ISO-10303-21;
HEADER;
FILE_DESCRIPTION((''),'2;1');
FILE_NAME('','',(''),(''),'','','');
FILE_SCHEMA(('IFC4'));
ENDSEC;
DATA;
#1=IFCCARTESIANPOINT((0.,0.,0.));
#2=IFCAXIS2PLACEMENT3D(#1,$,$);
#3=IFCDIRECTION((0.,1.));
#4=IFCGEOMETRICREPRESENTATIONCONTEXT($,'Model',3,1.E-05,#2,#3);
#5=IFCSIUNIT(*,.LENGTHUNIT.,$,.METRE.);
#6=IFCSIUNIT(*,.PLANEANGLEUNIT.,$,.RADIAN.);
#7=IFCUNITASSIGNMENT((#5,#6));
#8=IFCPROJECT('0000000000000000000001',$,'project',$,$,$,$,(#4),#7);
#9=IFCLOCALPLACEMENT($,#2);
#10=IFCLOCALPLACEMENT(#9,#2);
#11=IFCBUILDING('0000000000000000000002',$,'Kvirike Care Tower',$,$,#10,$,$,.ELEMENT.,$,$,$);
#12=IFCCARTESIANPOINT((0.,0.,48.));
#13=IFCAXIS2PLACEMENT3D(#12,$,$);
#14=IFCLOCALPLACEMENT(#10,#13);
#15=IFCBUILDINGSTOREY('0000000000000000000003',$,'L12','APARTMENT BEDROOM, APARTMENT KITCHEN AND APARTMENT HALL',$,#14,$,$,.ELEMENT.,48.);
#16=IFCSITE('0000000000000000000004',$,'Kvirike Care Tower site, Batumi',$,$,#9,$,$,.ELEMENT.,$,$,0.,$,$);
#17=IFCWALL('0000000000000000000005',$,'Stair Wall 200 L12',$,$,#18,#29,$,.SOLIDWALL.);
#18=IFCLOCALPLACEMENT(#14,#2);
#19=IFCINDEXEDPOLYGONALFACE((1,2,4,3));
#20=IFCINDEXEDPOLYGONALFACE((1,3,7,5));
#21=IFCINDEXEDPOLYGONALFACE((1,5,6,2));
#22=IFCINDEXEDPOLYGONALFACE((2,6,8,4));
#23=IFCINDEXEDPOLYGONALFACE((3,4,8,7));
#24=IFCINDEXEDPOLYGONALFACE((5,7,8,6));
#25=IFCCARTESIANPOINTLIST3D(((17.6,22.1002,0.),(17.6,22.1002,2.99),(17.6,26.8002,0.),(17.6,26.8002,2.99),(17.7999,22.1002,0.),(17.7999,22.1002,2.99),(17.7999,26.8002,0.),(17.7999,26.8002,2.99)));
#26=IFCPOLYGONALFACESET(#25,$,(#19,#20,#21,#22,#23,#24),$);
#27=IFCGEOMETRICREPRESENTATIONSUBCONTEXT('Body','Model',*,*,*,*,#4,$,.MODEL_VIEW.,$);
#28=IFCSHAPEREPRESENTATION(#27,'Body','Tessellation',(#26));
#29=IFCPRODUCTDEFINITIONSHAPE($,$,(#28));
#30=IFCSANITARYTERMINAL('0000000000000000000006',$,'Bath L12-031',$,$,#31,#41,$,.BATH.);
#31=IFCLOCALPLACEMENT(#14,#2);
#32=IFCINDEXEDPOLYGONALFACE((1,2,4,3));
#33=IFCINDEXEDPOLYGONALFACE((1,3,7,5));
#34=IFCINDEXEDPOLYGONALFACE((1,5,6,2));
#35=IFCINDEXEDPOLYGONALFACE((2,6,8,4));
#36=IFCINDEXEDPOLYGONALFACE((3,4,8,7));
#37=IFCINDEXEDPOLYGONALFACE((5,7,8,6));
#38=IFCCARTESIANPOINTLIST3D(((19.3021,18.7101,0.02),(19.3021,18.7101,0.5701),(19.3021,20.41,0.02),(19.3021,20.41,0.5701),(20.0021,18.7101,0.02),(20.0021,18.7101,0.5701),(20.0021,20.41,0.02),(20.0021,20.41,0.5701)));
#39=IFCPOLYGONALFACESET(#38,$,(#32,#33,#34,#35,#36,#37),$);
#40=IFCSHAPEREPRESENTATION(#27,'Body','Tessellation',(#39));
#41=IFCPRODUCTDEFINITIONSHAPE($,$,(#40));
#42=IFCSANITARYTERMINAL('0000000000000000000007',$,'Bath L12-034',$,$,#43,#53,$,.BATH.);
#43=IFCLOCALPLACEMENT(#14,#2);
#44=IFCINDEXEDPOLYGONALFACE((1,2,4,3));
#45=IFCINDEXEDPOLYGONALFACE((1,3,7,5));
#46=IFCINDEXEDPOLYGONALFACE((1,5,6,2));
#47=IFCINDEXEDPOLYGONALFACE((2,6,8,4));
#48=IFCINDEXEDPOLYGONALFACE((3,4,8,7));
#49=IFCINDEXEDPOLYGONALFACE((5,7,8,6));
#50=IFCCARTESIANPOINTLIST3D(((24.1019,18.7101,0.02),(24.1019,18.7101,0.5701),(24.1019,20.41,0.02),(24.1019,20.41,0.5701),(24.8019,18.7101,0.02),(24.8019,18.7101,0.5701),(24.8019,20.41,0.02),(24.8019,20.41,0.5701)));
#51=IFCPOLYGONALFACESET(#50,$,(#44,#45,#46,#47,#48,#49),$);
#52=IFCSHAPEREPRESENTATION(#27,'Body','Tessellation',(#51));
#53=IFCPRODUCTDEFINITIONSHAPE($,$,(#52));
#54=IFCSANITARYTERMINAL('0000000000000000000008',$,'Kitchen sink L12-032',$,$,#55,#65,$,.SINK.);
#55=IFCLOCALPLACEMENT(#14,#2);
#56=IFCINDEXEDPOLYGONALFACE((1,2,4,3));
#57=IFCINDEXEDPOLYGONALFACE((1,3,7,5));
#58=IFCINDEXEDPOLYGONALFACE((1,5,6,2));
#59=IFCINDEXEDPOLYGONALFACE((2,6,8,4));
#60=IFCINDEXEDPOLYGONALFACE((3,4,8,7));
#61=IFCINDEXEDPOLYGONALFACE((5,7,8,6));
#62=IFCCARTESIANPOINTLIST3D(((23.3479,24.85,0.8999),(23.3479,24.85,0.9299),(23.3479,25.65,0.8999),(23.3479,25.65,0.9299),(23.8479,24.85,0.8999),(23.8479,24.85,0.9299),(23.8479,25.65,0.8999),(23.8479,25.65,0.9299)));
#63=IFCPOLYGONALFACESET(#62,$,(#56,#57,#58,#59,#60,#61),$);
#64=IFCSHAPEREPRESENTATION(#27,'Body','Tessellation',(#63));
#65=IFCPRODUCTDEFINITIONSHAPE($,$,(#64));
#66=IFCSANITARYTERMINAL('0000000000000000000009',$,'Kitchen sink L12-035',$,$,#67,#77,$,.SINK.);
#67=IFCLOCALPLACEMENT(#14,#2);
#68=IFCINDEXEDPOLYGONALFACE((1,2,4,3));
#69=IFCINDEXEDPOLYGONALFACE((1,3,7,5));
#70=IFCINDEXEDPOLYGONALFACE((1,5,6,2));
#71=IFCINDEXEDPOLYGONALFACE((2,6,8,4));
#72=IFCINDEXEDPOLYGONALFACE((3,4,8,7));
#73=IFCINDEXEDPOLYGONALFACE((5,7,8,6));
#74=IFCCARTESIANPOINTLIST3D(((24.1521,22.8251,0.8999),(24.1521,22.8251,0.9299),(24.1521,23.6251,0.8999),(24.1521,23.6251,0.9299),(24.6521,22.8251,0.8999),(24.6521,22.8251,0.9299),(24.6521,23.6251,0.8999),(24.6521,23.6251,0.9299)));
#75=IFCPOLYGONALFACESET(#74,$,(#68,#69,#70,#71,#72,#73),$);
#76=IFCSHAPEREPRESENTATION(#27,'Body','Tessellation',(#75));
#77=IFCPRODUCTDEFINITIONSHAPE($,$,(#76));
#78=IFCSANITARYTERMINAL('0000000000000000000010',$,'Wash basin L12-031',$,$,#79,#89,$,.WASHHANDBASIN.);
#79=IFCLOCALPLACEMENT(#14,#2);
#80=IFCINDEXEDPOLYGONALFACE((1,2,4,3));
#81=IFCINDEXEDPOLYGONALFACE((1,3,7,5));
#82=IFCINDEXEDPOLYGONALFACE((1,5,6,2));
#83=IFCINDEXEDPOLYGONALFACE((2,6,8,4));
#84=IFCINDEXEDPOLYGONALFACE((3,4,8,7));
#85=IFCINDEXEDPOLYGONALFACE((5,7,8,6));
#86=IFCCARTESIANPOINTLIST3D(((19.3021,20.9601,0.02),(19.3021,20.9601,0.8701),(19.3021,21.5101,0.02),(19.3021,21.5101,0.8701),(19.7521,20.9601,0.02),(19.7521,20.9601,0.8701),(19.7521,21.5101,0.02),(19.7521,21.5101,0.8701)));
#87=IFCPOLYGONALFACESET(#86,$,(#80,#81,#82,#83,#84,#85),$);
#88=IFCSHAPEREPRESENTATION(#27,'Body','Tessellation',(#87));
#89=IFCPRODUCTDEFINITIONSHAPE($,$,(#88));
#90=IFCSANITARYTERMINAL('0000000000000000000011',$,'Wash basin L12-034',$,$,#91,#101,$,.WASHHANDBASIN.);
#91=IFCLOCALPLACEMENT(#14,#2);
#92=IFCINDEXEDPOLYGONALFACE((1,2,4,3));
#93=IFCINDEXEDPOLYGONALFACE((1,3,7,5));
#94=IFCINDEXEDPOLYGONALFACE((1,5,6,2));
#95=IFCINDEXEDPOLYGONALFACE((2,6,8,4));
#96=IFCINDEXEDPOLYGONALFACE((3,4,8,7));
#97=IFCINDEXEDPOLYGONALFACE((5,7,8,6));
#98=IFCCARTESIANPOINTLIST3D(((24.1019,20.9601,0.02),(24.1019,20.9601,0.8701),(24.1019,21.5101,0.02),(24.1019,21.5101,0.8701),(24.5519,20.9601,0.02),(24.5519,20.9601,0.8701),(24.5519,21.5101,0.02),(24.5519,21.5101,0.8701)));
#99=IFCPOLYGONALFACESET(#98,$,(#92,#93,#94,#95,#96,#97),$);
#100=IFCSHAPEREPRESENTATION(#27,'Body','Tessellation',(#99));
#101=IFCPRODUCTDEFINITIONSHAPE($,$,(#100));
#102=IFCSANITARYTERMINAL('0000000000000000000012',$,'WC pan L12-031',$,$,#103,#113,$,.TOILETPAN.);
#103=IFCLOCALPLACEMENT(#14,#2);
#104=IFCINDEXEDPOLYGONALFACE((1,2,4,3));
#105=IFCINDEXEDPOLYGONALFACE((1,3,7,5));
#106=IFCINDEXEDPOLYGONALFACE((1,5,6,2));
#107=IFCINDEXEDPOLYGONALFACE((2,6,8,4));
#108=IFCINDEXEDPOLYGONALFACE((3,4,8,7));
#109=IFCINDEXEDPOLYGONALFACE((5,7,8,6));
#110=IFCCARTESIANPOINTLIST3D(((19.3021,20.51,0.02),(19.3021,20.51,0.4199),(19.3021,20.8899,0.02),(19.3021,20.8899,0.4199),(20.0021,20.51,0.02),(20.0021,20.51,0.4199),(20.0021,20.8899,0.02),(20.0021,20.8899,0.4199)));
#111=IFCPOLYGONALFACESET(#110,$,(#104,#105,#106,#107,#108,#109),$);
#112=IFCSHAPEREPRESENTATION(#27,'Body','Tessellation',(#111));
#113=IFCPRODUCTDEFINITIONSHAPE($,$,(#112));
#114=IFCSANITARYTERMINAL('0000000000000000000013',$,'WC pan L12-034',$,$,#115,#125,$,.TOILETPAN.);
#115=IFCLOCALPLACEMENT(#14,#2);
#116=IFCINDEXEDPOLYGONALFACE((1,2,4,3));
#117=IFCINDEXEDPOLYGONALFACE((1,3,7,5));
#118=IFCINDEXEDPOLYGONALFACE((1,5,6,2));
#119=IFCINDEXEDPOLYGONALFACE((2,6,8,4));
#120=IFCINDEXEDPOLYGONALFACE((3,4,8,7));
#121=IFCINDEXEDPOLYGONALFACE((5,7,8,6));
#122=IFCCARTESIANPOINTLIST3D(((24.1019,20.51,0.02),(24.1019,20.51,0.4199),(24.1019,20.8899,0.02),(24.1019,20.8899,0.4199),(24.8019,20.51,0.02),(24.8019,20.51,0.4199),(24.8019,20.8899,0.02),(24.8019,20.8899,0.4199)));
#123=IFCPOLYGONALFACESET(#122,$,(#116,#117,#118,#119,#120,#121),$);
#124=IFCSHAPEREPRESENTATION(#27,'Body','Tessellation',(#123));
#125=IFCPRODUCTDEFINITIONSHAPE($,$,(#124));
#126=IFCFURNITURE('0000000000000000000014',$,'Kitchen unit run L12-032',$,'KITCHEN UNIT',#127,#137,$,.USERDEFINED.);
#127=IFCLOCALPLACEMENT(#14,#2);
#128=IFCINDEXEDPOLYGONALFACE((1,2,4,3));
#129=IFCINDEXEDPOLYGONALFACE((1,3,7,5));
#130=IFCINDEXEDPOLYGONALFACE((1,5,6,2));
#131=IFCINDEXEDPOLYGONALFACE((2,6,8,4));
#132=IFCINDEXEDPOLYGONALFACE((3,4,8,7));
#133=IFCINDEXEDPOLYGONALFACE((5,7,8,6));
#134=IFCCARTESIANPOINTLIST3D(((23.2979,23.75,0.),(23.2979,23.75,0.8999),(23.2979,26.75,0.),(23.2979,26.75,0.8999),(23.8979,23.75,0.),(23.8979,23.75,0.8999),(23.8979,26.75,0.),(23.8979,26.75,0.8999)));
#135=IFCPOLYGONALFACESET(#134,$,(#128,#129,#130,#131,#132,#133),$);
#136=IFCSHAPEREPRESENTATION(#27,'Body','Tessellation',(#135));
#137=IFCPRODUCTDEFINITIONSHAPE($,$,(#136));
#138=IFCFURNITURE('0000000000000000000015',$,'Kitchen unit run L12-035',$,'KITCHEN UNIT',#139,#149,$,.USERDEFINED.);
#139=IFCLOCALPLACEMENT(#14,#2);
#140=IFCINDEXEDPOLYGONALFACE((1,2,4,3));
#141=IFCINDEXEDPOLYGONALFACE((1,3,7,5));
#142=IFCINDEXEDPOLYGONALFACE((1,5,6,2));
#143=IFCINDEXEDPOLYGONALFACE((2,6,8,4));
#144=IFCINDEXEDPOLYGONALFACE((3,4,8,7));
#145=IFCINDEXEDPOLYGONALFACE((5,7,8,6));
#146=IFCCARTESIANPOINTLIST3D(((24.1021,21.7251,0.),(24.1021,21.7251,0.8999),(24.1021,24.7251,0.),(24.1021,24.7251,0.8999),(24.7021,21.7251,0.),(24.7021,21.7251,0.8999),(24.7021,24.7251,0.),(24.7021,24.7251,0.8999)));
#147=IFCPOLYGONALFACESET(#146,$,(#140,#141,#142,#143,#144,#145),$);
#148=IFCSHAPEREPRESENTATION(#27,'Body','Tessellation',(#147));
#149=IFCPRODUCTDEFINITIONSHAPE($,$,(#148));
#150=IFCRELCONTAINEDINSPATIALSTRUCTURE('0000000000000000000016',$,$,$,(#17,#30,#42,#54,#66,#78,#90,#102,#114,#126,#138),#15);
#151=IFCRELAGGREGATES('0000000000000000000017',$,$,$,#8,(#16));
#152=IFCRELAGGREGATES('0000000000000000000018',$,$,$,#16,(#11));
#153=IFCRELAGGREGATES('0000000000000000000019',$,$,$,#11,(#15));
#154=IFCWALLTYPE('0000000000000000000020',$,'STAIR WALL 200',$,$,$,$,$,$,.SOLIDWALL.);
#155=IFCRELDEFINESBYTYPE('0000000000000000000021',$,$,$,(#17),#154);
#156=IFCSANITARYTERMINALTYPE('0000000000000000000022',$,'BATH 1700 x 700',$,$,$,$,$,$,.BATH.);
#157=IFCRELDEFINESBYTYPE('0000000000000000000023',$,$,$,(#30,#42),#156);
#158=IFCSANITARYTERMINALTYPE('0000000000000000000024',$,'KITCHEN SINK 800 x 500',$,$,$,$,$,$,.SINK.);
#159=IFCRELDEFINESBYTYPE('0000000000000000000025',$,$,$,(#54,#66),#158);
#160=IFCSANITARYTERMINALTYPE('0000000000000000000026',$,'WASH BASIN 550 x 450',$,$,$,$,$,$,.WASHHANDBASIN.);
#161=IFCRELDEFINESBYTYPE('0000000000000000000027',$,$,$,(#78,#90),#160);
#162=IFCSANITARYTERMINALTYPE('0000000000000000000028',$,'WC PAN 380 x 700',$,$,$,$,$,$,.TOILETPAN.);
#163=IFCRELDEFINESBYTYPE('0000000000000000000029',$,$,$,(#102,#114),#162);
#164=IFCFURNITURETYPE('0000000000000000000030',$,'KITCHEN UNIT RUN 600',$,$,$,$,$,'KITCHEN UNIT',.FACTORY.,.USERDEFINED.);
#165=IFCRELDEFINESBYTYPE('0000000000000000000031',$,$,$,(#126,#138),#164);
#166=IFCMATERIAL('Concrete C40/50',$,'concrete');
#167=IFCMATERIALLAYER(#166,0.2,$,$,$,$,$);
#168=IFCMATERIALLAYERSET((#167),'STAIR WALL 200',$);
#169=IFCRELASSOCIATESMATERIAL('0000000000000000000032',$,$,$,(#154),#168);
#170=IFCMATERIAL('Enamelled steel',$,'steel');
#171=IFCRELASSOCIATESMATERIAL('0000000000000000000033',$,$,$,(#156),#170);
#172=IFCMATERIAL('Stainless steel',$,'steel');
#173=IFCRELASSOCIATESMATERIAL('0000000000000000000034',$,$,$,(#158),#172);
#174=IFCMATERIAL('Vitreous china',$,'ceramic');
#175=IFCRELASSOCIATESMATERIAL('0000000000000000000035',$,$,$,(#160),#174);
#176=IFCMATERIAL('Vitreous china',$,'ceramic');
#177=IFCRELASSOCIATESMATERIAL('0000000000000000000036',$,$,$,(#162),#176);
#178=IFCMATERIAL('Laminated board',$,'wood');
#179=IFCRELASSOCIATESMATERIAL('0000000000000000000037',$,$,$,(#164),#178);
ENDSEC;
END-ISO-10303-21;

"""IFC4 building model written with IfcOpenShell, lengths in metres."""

from ifc_helpers import new_model, si_unit, direction, frame, frame_2d, origin, origin_2d, place, context, subcontext, project, spatial, rectangle, extrude, material, layer, layer_set, type_object, element, save


model = new_model("IFC4")

# Units and contexts
model_context = context("Model", 3, precision=1e-05, world=origin(), true_north=direction((0.0, 1.0)))
body_context = subcontext(model_context, "Body", "Model", "MODEL_VIEW")
ifc_project = project(units=[si_unit("LENGTHUNIT", "METRE"), si_unit("PLANEANGLEUNIT", "RADIAN")], contexts=[model_context])

# Site, building, storey
site_placement = place(None, origin())
site = spatial("IfcSite", under=ifc_project, at=site_placement, Name="Kvirike Care Tower site, Batumi", CompositionType="ELEMENT", RefElevation=0.0)
building_placement = place(site_placement, origin())
building = spatial("IfcBuilding", under=site, at=building_placement, Name="Kvirike Care Tower", CompositionType="ELEMENT")
storey_placement = place(building_placement, frame((0.0, 0.0, 48.0)))
storey = spatial("IfcBuildingStorey", under=building, at=storey_placement, Name="L12", Description="APARTMENT BEDROOM, APARTMENT KITCHEN AND APARTMENT HALL", CompositionType="ELEMENT", Elevation=48.0)

# Wall
ifc_material_1 = material(Name="Concrete C40/50", Category="concrete")
ifc_layer_1 = layer(ifc_material_1, 0.2)
ifc_layer_set_1 = layer_set([ifc_layer_1], Name="STAIR WALL 200")
wall_type_1 = type_object("IfcWallType", Name="STAIR WALL 200", PredefinedType="SOLIDWALL", material=ifc_layer_set_1)
wall_1_placement = place(storey_placement, frame((17.7, 22.1001, 0.0), z_axis=(0.0, 0.0, 1.0), x_axis=(0.0, 1.0, 0.0)))
element("IfcWall", 1, at=wall_1_placement, inside=storey, type_object=wall_type_1, Name="Stair Wall 200 L12", PredefinedType="SOLIDWALL", context=body_context, shape_type="SweptSolid", body=[
    extrude(rectangle(XDim=4.7, YDim=0.2, at=frame_2d((2.3501, 0.0))), origin(), (0.0, 0.0, 1.0), 2.99),
])

# Sanitary terminals
ifc_material_2 = material(Name="Enamelled steel", Category="steel")
sanitary_terminal_type_1 = type_object("IfcSanitaryTerminalType", Name="BATH 1700 x 700", PredefinedType="BATH", material=ifc_material_2)
for number, where, z_axis, x_axis, name in (
    (2, (19.6521, 19.5601, 0.02), (0.0, 0.0, 1.0), (0.0, 1.0, 0.0), "Bath L12-031"),
    (3, (24.4519, 19.5601, 0.02), (0.0, 0.0, 1.0), (0.0, 1.0, 0.0), "Bath L12-034"),
):
    element("IfcSanitaryTerminal", number, at=place(storey_placement, frame(where, z_axis=z_axis, x_axis=x_axis)), inside=storey, type_object=sanitary_terminal_type_1, Name=name, PredefinedType="BATH", context=body_context, shape_type="SweptSolid", body=[
        extrude(rectangle(XDim=1.7, YDim=0.7, at=origin_2d()), origin(), (0.0, 0.0, 1.0), 0.55),
    ])
ifc_material_3 = material(Name="Stainless steel", Category="steel")
sanitary_terminal_type_2 = type_object("IfcSanitaryTerminalType", Name="KITCHEN SINK 800 x 500", PredefinedType="SINK", material=ifc_material_3)
for number, where, z_axis, x_axis, name in (
    (4, (23.5979, 25.25, 0.8999), (0.0, 0.0, 1.0), (0.0, -1.0, 0.0), "Kitchen sink L12-032"),
    (5, (24.4021, 23.2251, 0.8999), (0.0, 0.0, 1.0), (0.0, 1.0, 0.0), "Kitchen sink L12-035"),
):
    element("IfcSanitaryTerminal", number, at=place(storey_placement, frame(where, z_axis=z_axis, x_axis=x_axis)), inside=storey, type_object=sanitary_terminal_type_2, Name=name, PredefinedType="SINK", context=body_context, shape_type="SweptSolid", body=[
        extrude(rectangle(XDim=0.8, YDim=0.5, at=origin_2d()), origin(), (0.0, 0.0, 1.0), 0.03),
    ])
ifc_material_4 = material(Name="Vitreous china", Category="ceramic")
sanitary_terminal_type_3 = type_object("IfcSanitaryTerminalType", Name="WASH BASIN 550 x 450", PredefinedType="WASHHANDBASIN", material=ifc_material_4)
for number, where, z_axis, x_axis, name in (
    (6, (19.5271, 21.2351, 0.02), (0.0, 0.0, 1.0), (0.0, 1.0, 0.0), "Wash basin L12-031"),
    (7, (24.3269, 21.2351, 0.02), (0.0, 0.0, 1.0), (0.0, 1.0, 0.0), "Wash basin L12-034"),
):
    element("IfcSanitaryTerminal", number, at=place(storey_placement, frame(where, z_axis=z_axis, x_axis=x_axis)), inside=storey, type_object=sanitary_terminal_type_3, Name=name, PredefinedType="WASHHANDBASIN", context=body_context, shape_type="SweptSolid", body=[
        extrude(rectangle(XDim=0.55, YDim=0.45, at=origin_2d()), origin(), (0.0, 0.0, 1.0), 0.8501),
    ])
ifc_material_5 = material(Name="Vitreous china", Category="ceramic")
sanitary_terminal_type_4 = type_object("IfcSanitaryTerminalType", Name="WC PAN 380 x 700", PredefinedType="TOILETPAN", material=ifc_material_5)
for number, where, z_axis, x_axis, name in (
    (8, (19.6521, 20.7, 0.02), (0.0, 0.0, 1.0), (0.0, 1.0, 0.0), "WC pan L12-031"),
    (9, (24.4519, 20.7, 0.02), (0.0, 0.0, 1.0), (0.0, 1.0, 0.0), "WC pan L12-034"),
):
    element("IfcSanitaryTerminal", number, at=place(storey_placement, frame(where, z_axis=z_axis, x_axis=x_axis)), inside=storey, type_object=sanitary_terminal_type_4, Name=name, PredefinedType="TOILETPAN", context=body_context, shape_type="SweptSolid", body=[
        extrude(rectangle(XDim=0.3799, YDim=0.7, at=origin_2d()), origin(), (0.0, 0.0, 1.0), 0.3999),
    ])

# Furniture
ifc_material_6 = material(Name="Laminated board", Category="wood")
furniture_type = type_object("IfcFurnitureType", Name="KITCHEN UNIT RUN 600", ElementType="KITCHEN UNIT", AssemblyPlace="FACTORY", PredefinedType="USERDEFINED", material=ifc_material_6)
for number, where, z_axis, x_axis, name in (
    (10, (23.5979, 25.25, 0.0), (0.0, 0.0, 1.0), (0.0, -1.0, 0.0), "Kitchen unit run L12-032"),
    (11, (24.4021, 23.2251, 0.0), (0.0, 0.0, 1.0), (0.0, 1.0, 0.0), "Kitchen unit run L12-035"),
):
    element("IfcFurniture", number, at=place(storey_placement, frame(where, z_axis=z_axis, x_axis=x_axis)), inside=storey, type_object=furniture_type, Name=name, ObjectType="KITCHEN UNIT", PredefinedType="USERDEFINED", context=body_context, shape_type="SweptSolid", body=[
        extrude(rectangle(XDim=3.0, YDim=0.6001, at=origin_2d()), origin(), (0.0, 0.0, 1.0), 0.8999),
    ])

save(model, "model.ifc")
